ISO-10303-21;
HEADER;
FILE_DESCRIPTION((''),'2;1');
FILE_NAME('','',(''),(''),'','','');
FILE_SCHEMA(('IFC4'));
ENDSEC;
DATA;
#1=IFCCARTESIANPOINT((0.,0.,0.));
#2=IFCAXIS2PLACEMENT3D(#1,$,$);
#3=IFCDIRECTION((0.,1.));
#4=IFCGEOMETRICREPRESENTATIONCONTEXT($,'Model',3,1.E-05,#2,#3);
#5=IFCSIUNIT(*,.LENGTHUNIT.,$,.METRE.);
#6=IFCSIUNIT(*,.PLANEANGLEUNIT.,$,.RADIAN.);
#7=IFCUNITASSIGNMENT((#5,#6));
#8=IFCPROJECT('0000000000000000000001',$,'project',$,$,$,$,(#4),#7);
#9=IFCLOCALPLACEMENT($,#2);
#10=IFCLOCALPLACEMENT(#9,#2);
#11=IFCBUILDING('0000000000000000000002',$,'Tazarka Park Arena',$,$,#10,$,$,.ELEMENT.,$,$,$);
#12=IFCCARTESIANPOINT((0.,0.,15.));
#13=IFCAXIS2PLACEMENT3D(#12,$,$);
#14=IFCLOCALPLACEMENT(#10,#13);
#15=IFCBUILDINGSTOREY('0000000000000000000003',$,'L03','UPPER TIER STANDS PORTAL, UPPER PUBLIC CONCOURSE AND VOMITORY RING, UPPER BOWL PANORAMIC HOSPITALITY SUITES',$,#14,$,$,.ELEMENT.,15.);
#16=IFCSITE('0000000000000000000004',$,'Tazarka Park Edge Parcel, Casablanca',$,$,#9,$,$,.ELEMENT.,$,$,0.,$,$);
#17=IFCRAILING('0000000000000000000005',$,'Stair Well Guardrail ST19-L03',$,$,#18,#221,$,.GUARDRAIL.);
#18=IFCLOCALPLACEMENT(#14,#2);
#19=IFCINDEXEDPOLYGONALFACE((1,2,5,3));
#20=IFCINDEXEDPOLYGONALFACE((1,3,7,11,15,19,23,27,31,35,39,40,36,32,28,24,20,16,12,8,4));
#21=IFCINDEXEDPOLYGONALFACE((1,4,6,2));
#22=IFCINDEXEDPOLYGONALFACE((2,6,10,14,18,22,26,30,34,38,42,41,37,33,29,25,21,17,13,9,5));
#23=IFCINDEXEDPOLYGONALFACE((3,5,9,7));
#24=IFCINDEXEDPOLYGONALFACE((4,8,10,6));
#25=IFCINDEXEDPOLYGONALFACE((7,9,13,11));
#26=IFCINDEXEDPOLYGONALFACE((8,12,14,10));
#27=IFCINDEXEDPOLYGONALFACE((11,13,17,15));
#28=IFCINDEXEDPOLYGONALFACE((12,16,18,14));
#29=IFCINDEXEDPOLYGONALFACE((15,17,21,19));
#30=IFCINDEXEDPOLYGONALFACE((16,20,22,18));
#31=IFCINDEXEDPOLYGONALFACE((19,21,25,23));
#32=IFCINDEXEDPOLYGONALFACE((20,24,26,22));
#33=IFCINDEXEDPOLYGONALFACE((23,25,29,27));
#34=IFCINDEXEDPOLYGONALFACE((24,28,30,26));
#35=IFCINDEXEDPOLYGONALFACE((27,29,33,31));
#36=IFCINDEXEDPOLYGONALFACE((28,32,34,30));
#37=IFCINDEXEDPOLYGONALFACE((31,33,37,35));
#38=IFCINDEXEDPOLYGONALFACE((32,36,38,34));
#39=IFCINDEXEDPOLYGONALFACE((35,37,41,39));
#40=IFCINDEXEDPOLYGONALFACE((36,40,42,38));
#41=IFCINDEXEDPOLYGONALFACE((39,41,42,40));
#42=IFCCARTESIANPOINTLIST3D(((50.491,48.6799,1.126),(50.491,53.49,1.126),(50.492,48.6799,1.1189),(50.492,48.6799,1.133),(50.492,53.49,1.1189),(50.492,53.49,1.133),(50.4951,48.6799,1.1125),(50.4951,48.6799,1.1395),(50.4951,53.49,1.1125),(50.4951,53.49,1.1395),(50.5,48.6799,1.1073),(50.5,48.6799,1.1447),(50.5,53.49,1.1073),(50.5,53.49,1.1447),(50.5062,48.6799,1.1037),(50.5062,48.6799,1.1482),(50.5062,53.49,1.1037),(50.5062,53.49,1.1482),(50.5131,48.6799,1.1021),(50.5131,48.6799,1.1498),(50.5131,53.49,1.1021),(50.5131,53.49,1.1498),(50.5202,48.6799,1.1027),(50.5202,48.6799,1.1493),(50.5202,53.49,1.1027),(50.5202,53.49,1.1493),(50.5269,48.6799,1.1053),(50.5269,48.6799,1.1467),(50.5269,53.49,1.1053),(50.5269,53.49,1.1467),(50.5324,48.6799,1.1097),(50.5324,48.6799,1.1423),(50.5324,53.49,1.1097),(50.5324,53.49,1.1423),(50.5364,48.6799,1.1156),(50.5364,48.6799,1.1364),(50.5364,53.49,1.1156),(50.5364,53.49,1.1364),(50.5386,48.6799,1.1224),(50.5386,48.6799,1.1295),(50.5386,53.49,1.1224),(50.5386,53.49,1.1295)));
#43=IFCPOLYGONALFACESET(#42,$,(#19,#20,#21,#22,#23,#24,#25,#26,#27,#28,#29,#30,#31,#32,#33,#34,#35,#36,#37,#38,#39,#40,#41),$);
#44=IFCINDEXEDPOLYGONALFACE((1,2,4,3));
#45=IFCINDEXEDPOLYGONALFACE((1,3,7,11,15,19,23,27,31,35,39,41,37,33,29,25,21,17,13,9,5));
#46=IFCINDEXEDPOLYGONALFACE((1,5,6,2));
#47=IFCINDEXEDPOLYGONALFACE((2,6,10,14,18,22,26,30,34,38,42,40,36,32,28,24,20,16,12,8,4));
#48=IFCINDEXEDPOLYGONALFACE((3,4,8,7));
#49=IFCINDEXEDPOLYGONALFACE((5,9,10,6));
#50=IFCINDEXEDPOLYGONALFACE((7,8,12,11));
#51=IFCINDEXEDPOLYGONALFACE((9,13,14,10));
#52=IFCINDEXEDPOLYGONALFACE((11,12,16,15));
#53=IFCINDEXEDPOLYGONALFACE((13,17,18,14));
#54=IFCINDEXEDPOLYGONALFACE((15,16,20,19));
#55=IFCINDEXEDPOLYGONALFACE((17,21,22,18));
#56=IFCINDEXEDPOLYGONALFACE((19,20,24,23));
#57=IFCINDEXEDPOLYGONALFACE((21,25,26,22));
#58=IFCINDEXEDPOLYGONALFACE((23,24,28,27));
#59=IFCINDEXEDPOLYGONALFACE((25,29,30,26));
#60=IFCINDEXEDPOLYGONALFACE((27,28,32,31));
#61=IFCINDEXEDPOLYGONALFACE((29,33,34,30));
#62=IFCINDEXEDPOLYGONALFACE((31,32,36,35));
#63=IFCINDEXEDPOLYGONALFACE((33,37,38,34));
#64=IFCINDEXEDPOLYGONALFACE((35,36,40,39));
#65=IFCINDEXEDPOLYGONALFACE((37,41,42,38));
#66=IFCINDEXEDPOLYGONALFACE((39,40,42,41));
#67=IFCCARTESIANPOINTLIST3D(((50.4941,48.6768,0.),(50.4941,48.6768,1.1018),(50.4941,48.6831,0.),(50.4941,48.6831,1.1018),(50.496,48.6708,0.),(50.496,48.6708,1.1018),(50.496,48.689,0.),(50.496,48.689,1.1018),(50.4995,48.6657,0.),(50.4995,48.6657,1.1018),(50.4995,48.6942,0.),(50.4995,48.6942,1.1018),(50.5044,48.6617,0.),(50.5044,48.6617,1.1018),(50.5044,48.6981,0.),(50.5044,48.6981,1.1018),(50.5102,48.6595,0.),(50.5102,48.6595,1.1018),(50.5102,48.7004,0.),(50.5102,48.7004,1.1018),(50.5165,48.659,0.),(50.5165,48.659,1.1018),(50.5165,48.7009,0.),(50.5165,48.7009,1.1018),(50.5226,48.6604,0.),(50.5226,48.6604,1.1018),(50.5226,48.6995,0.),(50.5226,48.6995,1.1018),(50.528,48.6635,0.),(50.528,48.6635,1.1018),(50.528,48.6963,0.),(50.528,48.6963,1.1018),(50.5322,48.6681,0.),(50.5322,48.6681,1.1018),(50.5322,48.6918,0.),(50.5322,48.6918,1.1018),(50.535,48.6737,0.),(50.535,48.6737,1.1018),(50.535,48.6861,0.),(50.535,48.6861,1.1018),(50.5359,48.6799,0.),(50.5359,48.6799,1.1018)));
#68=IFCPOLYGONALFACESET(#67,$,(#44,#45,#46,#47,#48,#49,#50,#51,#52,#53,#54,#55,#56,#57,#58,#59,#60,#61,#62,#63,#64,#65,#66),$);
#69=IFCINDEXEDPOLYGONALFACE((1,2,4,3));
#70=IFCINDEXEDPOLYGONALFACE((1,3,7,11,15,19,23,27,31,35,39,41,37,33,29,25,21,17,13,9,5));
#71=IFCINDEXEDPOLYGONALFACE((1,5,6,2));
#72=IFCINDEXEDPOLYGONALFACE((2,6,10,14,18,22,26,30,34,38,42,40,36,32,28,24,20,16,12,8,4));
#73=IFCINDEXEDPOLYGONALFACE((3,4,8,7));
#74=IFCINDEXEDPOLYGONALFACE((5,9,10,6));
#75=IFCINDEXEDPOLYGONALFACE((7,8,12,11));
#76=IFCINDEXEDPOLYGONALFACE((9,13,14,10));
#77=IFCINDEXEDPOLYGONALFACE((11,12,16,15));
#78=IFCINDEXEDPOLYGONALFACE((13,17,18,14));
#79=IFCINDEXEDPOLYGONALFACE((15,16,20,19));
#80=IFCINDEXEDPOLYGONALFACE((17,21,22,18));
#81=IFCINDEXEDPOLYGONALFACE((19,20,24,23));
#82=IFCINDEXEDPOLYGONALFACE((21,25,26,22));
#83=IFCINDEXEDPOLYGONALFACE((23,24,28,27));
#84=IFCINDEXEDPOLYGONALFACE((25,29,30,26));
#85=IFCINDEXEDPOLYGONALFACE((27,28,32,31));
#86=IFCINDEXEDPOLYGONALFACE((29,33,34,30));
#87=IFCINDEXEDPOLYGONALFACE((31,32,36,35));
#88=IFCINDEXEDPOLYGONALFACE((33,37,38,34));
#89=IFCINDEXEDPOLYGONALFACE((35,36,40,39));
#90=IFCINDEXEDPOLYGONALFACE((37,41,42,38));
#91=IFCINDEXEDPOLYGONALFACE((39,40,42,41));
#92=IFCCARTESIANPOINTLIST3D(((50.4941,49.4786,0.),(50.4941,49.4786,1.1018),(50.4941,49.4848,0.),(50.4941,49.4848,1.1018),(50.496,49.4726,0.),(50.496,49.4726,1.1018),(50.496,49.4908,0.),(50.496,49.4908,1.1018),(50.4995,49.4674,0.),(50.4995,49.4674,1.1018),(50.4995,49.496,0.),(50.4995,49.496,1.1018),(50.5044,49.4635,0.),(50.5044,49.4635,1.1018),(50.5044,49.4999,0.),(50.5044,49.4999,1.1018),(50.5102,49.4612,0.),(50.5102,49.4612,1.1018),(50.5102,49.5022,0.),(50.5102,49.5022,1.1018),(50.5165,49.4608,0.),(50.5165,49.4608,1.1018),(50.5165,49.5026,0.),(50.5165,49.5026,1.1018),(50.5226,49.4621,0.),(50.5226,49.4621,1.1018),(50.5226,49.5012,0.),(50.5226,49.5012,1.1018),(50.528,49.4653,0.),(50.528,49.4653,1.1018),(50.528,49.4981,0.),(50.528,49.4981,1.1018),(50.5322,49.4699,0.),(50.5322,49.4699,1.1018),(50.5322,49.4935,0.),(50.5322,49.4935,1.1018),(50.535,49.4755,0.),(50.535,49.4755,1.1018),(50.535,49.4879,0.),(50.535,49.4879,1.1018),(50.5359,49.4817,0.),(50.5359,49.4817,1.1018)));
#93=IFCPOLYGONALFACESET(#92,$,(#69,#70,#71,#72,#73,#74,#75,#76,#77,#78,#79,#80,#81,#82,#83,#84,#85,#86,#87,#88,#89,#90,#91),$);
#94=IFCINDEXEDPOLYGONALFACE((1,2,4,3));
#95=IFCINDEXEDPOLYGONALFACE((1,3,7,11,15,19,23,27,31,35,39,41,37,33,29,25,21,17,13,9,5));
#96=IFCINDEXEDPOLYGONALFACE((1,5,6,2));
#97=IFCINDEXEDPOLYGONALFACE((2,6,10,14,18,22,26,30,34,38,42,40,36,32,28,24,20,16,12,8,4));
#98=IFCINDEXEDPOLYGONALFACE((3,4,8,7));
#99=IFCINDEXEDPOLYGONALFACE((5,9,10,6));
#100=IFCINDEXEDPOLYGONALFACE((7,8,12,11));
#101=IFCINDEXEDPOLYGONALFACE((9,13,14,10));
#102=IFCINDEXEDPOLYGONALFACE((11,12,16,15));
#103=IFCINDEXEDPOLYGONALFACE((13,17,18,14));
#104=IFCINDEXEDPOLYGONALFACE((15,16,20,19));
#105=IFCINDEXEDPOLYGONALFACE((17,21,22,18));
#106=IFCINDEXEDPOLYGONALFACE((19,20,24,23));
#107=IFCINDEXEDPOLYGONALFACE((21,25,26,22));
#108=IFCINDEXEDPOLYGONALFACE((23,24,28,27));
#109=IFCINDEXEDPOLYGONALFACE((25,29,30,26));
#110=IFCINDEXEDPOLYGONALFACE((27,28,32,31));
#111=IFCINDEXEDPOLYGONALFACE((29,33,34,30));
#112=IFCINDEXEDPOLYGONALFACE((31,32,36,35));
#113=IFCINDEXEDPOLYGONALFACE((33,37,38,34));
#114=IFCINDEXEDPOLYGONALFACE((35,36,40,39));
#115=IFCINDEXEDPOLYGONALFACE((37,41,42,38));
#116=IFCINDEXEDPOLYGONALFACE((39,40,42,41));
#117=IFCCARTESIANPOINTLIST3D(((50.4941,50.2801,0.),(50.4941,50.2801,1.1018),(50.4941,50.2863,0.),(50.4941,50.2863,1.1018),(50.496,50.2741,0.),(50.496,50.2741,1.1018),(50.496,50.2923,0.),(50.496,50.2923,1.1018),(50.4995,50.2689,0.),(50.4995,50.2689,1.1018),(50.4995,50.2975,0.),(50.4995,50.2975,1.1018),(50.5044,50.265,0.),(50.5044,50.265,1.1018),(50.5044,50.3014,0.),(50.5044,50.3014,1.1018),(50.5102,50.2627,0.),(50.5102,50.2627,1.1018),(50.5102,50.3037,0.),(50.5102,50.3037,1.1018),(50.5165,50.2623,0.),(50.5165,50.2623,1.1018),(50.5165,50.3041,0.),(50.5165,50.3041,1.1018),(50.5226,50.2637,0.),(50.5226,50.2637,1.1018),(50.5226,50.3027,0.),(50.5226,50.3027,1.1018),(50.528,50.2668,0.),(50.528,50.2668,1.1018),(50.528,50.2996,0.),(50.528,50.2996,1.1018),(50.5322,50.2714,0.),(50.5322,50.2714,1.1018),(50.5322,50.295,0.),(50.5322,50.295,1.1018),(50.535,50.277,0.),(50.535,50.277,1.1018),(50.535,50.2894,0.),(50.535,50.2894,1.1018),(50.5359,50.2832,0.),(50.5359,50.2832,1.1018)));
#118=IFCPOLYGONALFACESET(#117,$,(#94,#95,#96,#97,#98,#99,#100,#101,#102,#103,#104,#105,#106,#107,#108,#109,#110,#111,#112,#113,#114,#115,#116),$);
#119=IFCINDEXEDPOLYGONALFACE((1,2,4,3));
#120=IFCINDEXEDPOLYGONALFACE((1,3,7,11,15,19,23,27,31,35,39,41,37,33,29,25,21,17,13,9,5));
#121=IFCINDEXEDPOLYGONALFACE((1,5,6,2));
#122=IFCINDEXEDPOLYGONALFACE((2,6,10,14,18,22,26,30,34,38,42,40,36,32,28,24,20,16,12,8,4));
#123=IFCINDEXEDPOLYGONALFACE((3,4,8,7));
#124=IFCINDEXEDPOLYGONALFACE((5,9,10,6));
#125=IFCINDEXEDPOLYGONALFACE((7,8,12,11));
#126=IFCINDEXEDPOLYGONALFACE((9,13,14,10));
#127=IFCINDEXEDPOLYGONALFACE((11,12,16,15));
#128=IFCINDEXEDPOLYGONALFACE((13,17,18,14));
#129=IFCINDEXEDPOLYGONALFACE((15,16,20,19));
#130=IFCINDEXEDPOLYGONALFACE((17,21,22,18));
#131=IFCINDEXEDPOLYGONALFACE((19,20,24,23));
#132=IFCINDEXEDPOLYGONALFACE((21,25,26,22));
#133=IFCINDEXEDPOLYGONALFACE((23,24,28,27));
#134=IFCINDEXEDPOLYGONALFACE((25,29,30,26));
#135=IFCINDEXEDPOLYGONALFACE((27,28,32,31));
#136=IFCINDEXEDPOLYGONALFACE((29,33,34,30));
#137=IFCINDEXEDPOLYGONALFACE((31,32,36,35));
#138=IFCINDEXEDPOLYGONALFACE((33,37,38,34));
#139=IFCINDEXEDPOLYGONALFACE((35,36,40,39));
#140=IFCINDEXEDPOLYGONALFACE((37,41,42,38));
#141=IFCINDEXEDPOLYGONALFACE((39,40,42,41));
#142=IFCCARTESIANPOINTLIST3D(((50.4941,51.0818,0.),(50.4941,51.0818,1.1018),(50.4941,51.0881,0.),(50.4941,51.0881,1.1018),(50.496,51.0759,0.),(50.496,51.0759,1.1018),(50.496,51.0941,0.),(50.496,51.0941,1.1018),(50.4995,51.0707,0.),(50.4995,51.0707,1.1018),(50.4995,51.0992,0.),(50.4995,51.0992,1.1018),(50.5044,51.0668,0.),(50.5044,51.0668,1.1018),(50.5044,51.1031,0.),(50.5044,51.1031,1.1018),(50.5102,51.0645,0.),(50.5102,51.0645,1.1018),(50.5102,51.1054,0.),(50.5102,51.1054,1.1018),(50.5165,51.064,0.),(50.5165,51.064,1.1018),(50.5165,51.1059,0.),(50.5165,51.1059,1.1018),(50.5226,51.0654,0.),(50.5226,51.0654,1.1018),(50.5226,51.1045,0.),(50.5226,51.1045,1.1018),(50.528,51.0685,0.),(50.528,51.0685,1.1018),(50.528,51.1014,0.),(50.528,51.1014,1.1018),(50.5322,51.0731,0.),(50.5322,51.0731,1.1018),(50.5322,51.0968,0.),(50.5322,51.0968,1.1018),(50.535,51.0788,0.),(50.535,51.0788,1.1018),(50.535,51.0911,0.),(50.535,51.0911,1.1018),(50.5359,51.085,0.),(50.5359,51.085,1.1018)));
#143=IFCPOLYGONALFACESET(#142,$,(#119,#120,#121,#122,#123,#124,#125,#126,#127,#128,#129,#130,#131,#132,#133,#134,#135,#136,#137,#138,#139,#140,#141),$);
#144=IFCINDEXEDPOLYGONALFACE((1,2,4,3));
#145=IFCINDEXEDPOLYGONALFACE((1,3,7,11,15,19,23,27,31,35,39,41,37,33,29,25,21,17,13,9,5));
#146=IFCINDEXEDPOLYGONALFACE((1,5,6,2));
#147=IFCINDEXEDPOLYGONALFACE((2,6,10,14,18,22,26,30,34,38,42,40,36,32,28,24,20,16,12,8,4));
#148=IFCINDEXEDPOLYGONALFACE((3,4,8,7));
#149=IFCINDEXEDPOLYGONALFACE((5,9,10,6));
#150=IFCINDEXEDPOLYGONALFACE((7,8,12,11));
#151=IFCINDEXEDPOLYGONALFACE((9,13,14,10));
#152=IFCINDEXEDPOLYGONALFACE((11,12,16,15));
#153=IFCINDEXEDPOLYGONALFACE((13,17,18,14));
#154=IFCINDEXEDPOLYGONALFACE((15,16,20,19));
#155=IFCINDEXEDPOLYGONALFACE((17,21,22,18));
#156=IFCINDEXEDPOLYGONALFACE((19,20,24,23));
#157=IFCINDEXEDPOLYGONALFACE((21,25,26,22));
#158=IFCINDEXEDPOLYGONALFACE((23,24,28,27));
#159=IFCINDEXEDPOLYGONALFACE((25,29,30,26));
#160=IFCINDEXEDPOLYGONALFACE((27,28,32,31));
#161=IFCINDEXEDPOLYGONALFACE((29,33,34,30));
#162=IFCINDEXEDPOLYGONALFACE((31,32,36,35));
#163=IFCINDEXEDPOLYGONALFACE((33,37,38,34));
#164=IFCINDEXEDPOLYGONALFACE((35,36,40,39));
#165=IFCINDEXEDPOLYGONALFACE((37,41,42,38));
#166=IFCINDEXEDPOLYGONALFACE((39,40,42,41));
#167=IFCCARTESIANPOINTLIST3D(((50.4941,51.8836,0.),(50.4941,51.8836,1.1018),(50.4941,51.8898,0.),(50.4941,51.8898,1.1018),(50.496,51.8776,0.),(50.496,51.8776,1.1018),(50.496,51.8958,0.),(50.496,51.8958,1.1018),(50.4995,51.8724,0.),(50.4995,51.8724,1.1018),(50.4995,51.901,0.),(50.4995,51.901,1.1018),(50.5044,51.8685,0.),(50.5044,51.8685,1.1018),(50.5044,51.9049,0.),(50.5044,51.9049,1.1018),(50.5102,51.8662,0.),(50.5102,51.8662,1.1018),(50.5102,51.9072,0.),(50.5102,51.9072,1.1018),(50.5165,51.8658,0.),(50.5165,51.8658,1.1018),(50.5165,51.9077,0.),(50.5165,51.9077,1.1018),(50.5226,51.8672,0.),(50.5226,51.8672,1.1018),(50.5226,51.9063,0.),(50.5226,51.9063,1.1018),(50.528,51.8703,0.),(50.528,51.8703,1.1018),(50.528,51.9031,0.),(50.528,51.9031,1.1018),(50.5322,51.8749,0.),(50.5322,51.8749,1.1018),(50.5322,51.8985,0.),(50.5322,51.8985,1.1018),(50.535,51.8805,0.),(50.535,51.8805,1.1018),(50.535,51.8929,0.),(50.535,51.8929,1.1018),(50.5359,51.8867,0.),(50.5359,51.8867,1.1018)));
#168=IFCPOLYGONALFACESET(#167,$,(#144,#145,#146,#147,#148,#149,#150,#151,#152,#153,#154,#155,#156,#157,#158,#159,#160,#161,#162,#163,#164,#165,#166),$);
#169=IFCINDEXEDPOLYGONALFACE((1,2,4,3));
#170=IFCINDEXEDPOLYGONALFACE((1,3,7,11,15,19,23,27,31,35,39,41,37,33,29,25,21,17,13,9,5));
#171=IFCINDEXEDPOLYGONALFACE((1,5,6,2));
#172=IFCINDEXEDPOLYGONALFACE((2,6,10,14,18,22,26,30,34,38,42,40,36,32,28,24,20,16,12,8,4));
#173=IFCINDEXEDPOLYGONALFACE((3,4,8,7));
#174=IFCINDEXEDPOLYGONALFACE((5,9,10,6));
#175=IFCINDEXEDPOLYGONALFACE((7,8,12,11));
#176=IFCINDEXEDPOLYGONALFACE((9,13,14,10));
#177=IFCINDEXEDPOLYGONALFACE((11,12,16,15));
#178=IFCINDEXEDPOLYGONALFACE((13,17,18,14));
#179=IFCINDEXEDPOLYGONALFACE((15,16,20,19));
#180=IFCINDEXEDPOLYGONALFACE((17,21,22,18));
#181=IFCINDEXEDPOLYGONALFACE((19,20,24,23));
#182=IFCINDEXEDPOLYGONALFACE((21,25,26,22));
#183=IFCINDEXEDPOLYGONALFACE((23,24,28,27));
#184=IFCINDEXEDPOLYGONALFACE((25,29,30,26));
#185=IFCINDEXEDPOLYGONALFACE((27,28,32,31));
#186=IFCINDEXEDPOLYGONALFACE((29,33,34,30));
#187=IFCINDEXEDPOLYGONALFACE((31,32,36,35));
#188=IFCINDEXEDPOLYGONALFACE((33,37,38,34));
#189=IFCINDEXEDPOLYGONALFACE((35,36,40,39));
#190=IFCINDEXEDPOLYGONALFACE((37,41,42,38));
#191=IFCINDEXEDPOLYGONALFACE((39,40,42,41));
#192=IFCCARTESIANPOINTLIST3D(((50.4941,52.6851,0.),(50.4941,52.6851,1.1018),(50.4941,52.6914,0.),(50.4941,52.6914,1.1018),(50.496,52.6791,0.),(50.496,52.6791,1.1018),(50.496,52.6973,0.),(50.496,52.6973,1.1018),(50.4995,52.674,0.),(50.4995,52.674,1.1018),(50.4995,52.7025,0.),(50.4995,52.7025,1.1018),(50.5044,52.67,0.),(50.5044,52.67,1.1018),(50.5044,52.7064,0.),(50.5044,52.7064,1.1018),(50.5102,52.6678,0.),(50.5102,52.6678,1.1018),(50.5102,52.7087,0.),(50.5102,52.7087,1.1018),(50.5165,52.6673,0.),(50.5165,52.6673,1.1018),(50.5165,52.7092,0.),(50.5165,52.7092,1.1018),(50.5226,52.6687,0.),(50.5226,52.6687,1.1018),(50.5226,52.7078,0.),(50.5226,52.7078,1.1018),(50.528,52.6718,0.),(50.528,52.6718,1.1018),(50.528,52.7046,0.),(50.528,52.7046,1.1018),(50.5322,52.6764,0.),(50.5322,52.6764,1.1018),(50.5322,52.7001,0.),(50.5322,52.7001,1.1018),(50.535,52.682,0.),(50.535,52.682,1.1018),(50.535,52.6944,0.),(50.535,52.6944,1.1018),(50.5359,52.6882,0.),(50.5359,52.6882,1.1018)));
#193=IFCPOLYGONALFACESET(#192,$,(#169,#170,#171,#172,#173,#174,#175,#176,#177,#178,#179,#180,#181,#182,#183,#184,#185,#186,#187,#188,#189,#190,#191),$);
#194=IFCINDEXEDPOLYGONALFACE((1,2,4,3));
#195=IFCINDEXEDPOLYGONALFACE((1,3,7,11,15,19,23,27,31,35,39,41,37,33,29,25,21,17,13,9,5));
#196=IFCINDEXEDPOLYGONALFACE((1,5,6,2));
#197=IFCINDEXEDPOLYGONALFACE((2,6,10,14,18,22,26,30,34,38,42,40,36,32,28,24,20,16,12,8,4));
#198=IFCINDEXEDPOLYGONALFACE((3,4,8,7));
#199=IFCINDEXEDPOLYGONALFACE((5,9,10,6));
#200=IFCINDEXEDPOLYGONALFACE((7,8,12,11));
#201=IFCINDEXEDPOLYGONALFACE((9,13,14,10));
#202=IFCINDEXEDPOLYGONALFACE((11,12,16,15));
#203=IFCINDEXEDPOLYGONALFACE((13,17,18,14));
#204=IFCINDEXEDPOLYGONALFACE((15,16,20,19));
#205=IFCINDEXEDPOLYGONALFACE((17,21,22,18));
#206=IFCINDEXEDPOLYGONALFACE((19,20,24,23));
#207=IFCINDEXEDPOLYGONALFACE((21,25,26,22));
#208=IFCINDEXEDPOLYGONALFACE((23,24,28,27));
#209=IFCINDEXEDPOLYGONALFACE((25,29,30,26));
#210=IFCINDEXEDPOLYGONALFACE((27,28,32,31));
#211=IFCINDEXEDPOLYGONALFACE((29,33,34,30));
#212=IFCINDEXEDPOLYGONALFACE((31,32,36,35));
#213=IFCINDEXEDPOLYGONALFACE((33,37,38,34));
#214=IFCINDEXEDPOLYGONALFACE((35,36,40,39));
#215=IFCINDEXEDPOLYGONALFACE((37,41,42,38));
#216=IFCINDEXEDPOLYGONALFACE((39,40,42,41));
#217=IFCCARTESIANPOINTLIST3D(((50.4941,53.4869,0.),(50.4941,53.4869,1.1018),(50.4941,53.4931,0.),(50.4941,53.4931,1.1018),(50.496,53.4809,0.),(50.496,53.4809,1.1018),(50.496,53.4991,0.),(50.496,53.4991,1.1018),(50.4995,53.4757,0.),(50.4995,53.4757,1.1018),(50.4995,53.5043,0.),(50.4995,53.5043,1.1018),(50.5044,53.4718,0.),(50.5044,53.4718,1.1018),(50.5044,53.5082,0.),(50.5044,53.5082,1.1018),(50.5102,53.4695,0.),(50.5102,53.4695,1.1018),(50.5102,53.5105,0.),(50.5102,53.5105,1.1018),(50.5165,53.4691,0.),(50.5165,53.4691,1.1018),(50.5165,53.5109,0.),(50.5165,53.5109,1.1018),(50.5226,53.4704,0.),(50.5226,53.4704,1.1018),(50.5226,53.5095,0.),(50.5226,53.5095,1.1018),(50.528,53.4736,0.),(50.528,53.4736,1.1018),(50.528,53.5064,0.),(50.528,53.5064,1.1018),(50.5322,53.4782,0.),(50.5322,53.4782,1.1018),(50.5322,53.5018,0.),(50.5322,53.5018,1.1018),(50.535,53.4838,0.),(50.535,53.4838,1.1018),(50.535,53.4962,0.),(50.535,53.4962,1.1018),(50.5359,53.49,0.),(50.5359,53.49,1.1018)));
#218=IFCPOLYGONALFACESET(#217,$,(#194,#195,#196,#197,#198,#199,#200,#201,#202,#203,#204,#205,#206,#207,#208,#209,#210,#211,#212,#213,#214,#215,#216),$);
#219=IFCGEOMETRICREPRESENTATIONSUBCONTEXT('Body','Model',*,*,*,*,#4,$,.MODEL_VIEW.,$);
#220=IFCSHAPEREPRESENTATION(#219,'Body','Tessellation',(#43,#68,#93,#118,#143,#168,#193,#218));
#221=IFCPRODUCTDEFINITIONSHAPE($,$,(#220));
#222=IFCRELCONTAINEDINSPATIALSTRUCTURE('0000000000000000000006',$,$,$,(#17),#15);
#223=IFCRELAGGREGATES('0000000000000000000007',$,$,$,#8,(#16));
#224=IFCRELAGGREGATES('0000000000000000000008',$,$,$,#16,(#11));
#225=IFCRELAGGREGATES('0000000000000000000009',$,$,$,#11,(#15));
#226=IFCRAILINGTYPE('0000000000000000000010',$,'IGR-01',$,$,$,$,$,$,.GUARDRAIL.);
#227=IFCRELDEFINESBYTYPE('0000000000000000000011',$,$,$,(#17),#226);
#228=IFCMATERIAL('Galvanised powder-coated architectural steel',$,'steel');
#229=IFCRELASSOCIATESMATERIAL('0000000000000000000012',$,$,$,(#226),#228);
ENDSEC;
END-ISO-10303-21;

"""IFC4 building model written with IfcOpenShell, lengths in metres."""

from ifc_helpers import new_model, si_unit, direction, frame, origin, origin_2d, place, context, subcontext, project, spatial, circle, extrude, material, type_object, element, save


model = new_model("IFC4")

# Units and contexts
model_context = context("Model", 3, precision=1e-05, world=origin(), true_north=direction((0.0, 1.0)))
body_context = subcontext(model_context, "Body", "Model", "MODEL_VIEW")
ifc_project = project(units=[si_unit("LENGTHUNIT", "METRE"), si_unit("PLANEANGLEUNIT", "RADIAN")], contexts=[model_context])

# Site, building, storey
site_placement = place(None, origin())
site = spatial("IfcSite", under=ifc_project, at=site_placement, Name="Tazarka Park Edge Parcel, Casablanca", CompositionType="ELEMENT", RefElevation=0.0)
building_placement = place(site_placement, origin())
building = spatial("IfcBuilding", under=site, at=building_placement, Name="Tazarka Park Arena", CompositionType="ELEMENT")
storey_placement = place(building_placement, frame((0.0, 0.0, 15.0)))
storey = spatial("IfcBuildingStorey", under=building, at=storey_placement, Name="L03", Description="UPPER TIER STANDS PORTAL, UPPER PUBLIC CONCOURSE AND VOMITORY RING, UPPER BOWL PANORAMIC HOSPITALITY SUITES", CompositionType="ELEMENT", Elevation=15.0)

# Railing
ifc_material_1 = material(Name="Galvanised powder-coated architectural steel", Category="steel")
railing_type = type_object("IfcRailingType", Name="IGR-01", PredefinedType="GUARDRAIL", material=ifc_material_1)
railing_1_placement = place(storey_placement, frame((50.5149, 48.6799, 0.0)))
element("IfcRailing", 1, at=railing_1_placement, inside=storey, type_object=railing_type, Name="Stair Well Guardrail ST19-L03", PredefinedType="GUARDRAIL", context=body_context, shape_type="SweptSolid", body=[
    extrude(circle(Radius=0.0239, at=origin_2d()), frame((0.0, 0.0, 1.126), z_axis=(0.0, 1.0, 0.0), x_axis=(-1.0, 0.0, 0.0)), (0.0, 0.0, 1.0), 4.8101),
    extrude(circle(Radius=0.021, at=origin_2d()), origin(), (0.0, 0.0, 1.0), 1.1018),
    extrude(circle(Radius=0.021, at=origin_2d()), frame((0.0, 0.8018, 0.0)), (0.0, 0.0, 1.0), 1.1018),
    extrude(circle(Radius=0.021, at=origin_2d()), frame((0.0, 1.6033, 0.0)), (0.0, 0.0, 1.0), 1.1018),
    extrude(circle(Radius=0.021, at=origin_2d()), frame((0.0, 2.405, 0.0)), (0.0, 0.0, 1.0), 1.1018),
    extrude(circle(Radius=0.021, at=origin_2d()), frame((0.0, 3.2068, 0.0)), (0.0, 0.0, 1.0), 1.1018),
    extrude(circle(Radius=0.021, at=origin_2d()), frame((0.0, 4.0083, 0.0)), (0.0, 0.0, 1.0), 1.1018),
    extrude(circle(Radius=0.021, at=origin_2d()), frame((0.0, 4.8101, 0.0)), (0.0, 0.0, 1.0), 1.1018),
])

save(model, "model.ifc")
